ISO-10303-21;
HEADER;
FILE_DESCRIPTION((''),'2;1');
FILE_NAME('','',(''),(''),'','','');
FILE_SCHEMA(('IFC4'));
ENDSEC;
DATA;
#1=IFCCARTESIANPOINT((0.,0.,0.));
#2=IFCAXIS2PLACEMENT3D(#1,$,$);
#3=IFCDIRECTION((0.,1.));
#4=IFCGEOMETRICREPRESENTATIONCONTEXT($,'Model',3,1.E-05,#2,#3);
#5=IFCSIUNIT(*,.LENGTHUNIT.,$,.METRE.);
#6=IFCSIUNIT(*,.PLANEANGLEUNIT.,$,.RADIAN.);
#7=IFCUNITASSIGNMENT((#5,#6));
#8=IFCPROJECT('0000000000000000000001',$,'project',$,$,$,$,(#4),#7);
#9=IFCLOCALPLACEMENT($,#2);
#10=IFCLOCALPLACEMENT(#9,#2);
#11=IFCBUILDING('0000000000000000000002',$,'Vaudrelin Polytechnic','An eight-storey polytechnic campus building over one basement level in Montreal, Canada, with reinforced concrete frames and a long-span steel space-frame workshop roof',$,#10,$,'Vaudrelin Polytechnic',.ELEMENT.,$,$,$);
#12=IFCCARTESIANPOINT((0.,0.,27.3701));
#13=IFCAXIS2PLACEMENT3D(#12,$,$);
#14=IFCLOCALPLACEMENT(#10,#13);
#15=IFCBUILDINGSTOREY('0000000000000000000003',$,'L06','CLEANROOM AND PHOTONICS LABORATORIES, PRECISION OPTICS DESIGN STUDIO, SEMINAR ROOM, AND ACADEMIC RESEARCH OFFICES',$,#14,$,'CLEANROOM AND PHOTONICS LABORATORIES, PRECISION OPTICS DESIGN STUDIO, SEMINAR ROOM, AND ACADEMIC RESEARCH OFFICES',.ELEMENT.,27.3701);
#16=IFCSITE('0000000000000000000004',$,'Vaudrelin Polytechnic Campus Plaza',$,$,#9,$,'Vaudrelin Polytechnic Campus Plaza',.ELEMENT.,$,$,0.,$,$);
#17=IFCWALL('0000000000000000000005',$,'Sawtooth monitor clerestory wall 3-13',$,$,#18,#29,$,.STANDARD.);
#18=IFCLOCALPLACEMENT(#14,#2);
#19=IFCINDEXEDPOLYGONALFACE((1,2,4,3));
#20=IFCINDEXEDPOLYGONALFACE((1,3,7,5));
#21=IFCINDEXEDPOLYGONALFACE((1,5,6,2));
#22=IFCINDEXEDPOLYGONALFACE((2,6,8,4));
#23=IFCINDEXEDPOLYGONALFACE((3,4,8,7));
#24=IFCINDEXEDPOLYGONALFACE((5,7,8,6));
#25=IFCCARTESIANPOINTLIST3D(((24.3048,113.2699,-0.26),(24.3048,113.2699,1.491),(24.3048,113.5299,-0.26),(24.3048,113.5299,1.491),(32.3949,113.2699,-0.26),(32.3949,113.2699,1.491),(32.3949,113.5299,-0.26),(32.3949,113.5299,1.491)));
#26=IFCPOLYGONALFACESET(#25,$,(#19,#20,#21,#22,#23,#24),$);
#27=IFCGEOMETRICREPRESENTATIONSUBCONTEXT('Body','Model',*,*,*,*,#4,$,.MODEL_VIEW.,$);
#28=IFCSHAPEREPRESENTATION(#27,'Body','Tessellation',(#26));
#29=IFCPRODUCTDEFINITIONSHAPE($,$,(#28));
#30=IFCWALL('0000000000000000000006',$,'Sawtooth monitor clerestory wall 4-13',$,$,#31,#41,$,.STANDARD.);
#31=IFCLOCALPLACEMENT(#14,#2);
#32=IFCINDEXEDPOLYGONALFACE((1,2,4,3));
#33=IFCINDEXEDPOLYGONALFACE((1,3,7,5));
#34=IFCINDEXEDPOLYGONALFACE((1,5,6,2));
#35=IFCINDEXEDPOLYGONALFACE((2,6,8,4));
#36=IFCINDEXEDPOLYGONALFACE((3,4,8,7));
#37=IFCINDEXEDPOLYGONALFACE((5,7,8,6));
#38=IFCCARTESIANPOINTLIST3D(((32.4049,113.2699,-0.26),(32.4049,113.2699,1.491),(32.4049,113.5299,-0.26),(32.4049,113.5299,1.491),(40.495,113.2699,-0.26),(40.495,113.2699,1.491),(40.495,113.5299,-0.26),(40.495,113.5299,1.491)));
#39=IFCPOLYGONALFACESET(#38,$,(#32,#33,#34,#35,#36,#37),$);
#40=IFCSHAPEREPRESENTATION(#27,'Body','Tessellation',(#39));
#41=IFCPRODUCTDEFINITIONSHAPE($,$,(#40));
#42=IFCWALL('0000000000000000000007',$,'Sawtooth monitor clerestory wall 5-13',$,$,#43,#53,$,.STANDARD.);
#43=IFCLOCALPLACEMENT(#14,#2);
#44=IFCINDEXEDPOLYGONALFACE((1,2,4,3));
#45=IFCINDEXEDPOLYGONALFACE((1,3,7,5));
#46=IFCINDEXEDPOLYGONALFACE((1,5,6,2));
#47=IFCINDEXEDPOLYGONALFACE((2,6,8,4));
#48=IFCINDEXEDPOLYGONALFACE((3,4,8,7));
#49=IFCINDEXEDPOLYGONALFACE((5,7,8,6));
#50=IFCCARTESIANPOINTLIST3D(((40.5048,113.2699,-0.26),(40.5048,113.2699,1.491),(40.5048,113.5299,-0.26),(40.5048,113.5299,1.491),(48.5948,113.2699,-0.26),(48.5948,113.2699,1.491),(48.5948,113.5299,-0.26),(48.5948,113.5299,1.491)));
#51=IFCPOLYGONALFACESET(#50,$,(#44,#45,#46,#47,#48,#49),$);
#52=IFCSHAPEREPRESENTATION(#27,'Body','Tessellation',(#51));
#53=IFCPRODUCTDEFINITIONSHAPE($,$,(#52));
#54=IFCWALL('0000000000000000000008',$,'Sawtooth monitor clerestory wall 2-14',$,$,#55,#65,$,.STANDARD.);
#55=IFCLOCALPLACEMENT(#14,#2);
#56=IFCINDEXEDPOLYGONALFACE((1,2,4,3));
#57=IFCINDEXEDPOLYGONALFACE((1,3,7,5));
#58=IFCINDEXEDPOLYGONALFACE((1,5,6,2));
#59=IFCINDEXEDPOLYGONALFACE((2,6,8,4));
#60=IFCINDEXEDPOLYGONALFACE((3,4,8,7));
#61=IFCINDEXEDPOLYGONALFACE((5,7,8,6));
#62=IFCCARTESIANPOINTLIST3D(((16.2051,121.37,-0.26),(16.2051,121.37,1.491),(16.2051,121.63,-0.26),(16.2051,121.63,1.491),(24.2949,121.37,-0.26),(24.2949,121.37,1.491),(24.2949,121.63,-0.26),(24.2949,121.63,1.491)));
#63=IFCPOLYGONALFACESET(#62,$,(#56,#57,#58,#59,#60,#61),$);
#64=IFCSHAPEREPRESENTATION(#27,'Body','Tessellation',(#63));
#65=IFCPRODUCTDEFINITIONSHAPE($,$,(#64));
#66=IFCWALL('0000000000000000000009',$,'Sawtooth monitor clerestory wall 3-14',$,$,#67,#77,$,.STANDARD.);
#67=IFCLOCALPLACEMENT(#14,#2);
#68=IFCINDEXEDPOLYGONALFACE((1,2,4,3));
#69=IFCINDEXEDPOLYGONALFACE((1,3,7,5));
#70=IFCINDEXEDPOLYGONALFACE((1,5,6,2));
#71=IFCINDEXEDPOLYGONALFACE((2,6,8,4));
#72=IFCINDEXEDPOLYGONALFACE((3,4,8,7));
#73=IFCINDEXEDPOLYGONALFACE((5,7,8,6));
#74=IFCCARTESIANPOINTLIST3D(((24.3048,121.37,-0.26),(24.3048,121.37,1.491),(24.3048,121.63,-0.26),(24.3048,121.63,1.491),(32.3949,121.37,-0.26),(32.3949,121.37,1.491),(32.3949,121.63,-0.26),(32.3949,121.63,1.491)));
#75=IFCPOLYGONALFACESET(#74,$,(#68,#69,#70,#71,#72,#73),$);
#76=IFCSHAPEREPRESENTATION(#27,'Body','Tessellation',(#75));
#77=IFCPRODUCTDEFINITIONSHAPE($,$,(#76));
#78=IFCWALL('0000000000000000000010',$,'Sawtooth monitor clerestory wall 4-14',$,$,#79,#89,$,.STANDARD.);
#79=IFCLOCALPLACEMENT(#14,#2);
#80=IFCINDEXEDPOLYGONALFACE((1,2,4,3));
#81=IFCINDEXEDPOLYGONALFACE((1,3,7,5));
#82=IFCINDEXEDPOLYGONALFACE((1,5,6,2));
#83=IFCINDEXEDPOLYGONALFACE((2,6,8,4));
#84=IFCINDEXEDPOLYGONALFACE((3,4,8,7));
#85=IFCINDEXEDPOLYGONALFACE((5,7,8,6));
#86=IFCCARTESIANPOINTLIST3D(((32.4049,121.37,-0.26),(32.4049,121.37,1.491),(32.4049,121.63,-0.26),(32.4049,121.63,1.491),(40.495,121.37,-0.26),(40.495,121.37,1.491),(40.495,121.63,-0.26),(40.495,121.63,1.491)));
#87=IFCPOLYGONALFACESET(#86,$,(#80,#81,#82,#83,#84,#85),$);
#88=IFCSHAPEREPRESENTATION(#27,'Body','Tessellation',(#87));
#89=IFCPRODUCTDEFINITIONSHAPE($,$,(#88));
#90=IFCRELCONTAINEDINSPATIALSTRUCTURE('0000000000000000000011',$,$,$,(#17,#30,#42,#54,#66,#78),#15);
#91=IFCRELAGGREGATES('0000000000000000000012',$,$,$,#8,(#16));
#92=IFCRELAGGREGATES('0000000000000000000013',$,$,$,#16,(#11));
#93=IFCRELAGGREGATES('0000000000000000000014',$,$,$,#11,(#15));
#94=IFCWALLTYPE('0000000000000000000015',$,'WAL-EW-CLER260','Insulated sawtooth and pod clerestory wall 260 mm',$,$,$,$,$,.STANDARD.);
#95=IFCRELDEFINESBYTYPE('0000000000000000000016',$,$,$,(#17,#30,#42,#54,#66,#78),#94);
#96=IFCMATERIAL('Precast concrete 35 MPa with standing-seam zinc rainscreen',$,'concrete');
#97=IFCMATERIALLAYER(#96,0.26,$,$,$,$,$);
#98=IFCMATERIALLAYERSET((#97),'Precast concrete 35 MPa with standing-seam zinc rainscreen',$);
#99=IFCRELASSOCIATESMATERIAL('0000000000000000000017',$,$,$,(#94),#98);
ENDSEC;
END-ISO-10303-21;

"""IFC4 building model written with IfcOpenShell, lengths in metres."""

from ifc_helpers import new_model, si_unit, direction, frame, frame_2d, origin, place, context, subcontext, project, spatial, rectangle, extrude, material, layer, layer_set, type_object, element, save


model = new_model("IFC4")

# Units and contexts
model_context = context("Model", 3, precision=1e-05, world=origin(), true_north=direction((0.0, 1.0)))
body_context = subcontext(model_context, "Body", "Model", "MODEL_VIEW")
ifc_project = project(units=[si_unit("LENGTHUNIT", "METRE"), si_unit("PLANEANGLEUNIT", "RADIAN")], contexts=[model_context])

# Site, building, storey
site_placement = place(None, origin())
site = spatial("IfcSite", under=ifc_project, at=site_placement, Name="Vaudrelin Polytechnic Campus Plaza", LongName="Vaudrelin Polytechnic Campus Plaza", CompositionType="ELEMENT", RefElevation=0.0)
building_placement = place(site_placement, origin())
building = spatial("IfcBuilding", under=site, at=building_placement, Name="Vaudrelin Polytechnic", Description="An eight-storey polytechnic campus building over one basement level in Montreal, Canada, with reinforced concrete frames and a long-span steel space-frame workshop roof", LongName="Vaudrelin Polytechnic", CompositionType="ELEMENT")
storey_placement = place(building_placement, frame((0.0, 0.0, 27.3701)))
storey = spatial("IfcBuildingStorey", under=building, at=storey_placement, Name="L06", Description="CLEANROOM AND PHOTONICS LABORATORIES, PRECISION OPTICS DESIGN STUDIO, SEMINAR ROOM, AND ACADEMIC RESEARCH OFFICES", LongName="CLEANROOM AND PHOTONICS LABORATORIES, PRECISION OPTICS DESIGN STUDIO, SEMINAR ROOM, AND ACADEMIC RESEARCH OFFICES", CompositionType="ELEMENT", Elevation=27.3701)

# Walls
ifc_material_1 = material(Name="Precast concrete 35 MPa with standing-seam zinc rainscreen", Category="concrete")
ifc_layer_1 = layer(ifc_material_1, 0.26)
ifc_layer_set_1 = layer_set([ifc_layer_1], Name="Precast concrete 35 MPa with standing-seam zinc rainscreen")
wall_type = type_object("IfcWallType", Name="WAL-EW-CLER260", Description="Insulated sawtooth and pod clerestory wall 260 mm", PredefinedType="STANDARD", material=ifc_layer_set_1)
for number, where, z_axis, x_axis, name in (
    (1, (24.3049, 113.3999, -0.26), (0.0, 0.0, 1.0), (1.0, 0.0, 0.0), "Sawtooth monitor clerestory wall 3-13"),
    (2, (32.405, 113.3999, -0.26), (0.0, 0.0, 1.0), (1.0, 0.0, 0.0), "Sawtooth monitor clerestory wall 4-13"),
    (3, (40.5049, 113.3999, -0.26), (0.0, 0.0, 1.0), (1.0, 0.0, 0.0), "Sawtooth monitor clerestory wall 5-13"),
):
    element("IfcWall", number, at=place(storey_placement, frame(where, z_axis=z_axis, x_axis=x_axis)), inside=storey, type_object=wall_type, Name=name, PredefinedType="STANDARD", context=body_context, shape_type="SweptSolid", body=[
        extrude(rectangle(XDim=8.0901, YDim=0.26, at=frame_2d((4.0449, 0.0))), origin(), (0.0, 0.0, 1.0), 1.751),
    ])
wall_1_placement = place(storey_placement, frame((16.2051, 121.5, -0.26), z_axis=(0.0, 0.0, 1.0), x_axis=(1.0, 0.0, 0.0)))
element("IfcWall", 4, at=wall_1_placement, inside=storey, type_object=wall_type, Name="Sawtooth monitor clerestory wall 2-14", PredefinedType="STANDARD", context=body_context, shape_type="SweptSolid", body=[
    extrude(rectangle(XDim=8.0898, YDim=0.26, at=frame_2d((4.0449, 0.0))), origin(), (0.0, 0.0, 1.0), 1.751),
])
for number, where, z_axis, x_axis, name in (
    (5, (24.3049, 121.5, -0.26), (0.0, 0.0, 1.0), (1.0, 0.0, 0.0), "Sawtooth monitor clerestory wall 3-14"),
    (6, (32.405, 121.5, -0.26), (0.0, 0.0, 1.0), (1.0, 0.0, 0.0), "Sawtooth monitor clerestory wall 4-14"),
):
    element("IfcWall", number, at=place(storey_placement, frame(where, z_axis=z_axis, x_axis=x_axis)), inside=storey, type_object=wall_type, Name=name, PredefinedType="STANDARD", context=body_context, shape_type="SweptSolid", body=[
        extrude(rectangle(XDim=8.0901, YDim=0.26, at=frame_2d((4.0449, 0.0))), origin(), (0.0, 0.0, 1.0), 1.751),
    ])

save(model, "model.ifc")
